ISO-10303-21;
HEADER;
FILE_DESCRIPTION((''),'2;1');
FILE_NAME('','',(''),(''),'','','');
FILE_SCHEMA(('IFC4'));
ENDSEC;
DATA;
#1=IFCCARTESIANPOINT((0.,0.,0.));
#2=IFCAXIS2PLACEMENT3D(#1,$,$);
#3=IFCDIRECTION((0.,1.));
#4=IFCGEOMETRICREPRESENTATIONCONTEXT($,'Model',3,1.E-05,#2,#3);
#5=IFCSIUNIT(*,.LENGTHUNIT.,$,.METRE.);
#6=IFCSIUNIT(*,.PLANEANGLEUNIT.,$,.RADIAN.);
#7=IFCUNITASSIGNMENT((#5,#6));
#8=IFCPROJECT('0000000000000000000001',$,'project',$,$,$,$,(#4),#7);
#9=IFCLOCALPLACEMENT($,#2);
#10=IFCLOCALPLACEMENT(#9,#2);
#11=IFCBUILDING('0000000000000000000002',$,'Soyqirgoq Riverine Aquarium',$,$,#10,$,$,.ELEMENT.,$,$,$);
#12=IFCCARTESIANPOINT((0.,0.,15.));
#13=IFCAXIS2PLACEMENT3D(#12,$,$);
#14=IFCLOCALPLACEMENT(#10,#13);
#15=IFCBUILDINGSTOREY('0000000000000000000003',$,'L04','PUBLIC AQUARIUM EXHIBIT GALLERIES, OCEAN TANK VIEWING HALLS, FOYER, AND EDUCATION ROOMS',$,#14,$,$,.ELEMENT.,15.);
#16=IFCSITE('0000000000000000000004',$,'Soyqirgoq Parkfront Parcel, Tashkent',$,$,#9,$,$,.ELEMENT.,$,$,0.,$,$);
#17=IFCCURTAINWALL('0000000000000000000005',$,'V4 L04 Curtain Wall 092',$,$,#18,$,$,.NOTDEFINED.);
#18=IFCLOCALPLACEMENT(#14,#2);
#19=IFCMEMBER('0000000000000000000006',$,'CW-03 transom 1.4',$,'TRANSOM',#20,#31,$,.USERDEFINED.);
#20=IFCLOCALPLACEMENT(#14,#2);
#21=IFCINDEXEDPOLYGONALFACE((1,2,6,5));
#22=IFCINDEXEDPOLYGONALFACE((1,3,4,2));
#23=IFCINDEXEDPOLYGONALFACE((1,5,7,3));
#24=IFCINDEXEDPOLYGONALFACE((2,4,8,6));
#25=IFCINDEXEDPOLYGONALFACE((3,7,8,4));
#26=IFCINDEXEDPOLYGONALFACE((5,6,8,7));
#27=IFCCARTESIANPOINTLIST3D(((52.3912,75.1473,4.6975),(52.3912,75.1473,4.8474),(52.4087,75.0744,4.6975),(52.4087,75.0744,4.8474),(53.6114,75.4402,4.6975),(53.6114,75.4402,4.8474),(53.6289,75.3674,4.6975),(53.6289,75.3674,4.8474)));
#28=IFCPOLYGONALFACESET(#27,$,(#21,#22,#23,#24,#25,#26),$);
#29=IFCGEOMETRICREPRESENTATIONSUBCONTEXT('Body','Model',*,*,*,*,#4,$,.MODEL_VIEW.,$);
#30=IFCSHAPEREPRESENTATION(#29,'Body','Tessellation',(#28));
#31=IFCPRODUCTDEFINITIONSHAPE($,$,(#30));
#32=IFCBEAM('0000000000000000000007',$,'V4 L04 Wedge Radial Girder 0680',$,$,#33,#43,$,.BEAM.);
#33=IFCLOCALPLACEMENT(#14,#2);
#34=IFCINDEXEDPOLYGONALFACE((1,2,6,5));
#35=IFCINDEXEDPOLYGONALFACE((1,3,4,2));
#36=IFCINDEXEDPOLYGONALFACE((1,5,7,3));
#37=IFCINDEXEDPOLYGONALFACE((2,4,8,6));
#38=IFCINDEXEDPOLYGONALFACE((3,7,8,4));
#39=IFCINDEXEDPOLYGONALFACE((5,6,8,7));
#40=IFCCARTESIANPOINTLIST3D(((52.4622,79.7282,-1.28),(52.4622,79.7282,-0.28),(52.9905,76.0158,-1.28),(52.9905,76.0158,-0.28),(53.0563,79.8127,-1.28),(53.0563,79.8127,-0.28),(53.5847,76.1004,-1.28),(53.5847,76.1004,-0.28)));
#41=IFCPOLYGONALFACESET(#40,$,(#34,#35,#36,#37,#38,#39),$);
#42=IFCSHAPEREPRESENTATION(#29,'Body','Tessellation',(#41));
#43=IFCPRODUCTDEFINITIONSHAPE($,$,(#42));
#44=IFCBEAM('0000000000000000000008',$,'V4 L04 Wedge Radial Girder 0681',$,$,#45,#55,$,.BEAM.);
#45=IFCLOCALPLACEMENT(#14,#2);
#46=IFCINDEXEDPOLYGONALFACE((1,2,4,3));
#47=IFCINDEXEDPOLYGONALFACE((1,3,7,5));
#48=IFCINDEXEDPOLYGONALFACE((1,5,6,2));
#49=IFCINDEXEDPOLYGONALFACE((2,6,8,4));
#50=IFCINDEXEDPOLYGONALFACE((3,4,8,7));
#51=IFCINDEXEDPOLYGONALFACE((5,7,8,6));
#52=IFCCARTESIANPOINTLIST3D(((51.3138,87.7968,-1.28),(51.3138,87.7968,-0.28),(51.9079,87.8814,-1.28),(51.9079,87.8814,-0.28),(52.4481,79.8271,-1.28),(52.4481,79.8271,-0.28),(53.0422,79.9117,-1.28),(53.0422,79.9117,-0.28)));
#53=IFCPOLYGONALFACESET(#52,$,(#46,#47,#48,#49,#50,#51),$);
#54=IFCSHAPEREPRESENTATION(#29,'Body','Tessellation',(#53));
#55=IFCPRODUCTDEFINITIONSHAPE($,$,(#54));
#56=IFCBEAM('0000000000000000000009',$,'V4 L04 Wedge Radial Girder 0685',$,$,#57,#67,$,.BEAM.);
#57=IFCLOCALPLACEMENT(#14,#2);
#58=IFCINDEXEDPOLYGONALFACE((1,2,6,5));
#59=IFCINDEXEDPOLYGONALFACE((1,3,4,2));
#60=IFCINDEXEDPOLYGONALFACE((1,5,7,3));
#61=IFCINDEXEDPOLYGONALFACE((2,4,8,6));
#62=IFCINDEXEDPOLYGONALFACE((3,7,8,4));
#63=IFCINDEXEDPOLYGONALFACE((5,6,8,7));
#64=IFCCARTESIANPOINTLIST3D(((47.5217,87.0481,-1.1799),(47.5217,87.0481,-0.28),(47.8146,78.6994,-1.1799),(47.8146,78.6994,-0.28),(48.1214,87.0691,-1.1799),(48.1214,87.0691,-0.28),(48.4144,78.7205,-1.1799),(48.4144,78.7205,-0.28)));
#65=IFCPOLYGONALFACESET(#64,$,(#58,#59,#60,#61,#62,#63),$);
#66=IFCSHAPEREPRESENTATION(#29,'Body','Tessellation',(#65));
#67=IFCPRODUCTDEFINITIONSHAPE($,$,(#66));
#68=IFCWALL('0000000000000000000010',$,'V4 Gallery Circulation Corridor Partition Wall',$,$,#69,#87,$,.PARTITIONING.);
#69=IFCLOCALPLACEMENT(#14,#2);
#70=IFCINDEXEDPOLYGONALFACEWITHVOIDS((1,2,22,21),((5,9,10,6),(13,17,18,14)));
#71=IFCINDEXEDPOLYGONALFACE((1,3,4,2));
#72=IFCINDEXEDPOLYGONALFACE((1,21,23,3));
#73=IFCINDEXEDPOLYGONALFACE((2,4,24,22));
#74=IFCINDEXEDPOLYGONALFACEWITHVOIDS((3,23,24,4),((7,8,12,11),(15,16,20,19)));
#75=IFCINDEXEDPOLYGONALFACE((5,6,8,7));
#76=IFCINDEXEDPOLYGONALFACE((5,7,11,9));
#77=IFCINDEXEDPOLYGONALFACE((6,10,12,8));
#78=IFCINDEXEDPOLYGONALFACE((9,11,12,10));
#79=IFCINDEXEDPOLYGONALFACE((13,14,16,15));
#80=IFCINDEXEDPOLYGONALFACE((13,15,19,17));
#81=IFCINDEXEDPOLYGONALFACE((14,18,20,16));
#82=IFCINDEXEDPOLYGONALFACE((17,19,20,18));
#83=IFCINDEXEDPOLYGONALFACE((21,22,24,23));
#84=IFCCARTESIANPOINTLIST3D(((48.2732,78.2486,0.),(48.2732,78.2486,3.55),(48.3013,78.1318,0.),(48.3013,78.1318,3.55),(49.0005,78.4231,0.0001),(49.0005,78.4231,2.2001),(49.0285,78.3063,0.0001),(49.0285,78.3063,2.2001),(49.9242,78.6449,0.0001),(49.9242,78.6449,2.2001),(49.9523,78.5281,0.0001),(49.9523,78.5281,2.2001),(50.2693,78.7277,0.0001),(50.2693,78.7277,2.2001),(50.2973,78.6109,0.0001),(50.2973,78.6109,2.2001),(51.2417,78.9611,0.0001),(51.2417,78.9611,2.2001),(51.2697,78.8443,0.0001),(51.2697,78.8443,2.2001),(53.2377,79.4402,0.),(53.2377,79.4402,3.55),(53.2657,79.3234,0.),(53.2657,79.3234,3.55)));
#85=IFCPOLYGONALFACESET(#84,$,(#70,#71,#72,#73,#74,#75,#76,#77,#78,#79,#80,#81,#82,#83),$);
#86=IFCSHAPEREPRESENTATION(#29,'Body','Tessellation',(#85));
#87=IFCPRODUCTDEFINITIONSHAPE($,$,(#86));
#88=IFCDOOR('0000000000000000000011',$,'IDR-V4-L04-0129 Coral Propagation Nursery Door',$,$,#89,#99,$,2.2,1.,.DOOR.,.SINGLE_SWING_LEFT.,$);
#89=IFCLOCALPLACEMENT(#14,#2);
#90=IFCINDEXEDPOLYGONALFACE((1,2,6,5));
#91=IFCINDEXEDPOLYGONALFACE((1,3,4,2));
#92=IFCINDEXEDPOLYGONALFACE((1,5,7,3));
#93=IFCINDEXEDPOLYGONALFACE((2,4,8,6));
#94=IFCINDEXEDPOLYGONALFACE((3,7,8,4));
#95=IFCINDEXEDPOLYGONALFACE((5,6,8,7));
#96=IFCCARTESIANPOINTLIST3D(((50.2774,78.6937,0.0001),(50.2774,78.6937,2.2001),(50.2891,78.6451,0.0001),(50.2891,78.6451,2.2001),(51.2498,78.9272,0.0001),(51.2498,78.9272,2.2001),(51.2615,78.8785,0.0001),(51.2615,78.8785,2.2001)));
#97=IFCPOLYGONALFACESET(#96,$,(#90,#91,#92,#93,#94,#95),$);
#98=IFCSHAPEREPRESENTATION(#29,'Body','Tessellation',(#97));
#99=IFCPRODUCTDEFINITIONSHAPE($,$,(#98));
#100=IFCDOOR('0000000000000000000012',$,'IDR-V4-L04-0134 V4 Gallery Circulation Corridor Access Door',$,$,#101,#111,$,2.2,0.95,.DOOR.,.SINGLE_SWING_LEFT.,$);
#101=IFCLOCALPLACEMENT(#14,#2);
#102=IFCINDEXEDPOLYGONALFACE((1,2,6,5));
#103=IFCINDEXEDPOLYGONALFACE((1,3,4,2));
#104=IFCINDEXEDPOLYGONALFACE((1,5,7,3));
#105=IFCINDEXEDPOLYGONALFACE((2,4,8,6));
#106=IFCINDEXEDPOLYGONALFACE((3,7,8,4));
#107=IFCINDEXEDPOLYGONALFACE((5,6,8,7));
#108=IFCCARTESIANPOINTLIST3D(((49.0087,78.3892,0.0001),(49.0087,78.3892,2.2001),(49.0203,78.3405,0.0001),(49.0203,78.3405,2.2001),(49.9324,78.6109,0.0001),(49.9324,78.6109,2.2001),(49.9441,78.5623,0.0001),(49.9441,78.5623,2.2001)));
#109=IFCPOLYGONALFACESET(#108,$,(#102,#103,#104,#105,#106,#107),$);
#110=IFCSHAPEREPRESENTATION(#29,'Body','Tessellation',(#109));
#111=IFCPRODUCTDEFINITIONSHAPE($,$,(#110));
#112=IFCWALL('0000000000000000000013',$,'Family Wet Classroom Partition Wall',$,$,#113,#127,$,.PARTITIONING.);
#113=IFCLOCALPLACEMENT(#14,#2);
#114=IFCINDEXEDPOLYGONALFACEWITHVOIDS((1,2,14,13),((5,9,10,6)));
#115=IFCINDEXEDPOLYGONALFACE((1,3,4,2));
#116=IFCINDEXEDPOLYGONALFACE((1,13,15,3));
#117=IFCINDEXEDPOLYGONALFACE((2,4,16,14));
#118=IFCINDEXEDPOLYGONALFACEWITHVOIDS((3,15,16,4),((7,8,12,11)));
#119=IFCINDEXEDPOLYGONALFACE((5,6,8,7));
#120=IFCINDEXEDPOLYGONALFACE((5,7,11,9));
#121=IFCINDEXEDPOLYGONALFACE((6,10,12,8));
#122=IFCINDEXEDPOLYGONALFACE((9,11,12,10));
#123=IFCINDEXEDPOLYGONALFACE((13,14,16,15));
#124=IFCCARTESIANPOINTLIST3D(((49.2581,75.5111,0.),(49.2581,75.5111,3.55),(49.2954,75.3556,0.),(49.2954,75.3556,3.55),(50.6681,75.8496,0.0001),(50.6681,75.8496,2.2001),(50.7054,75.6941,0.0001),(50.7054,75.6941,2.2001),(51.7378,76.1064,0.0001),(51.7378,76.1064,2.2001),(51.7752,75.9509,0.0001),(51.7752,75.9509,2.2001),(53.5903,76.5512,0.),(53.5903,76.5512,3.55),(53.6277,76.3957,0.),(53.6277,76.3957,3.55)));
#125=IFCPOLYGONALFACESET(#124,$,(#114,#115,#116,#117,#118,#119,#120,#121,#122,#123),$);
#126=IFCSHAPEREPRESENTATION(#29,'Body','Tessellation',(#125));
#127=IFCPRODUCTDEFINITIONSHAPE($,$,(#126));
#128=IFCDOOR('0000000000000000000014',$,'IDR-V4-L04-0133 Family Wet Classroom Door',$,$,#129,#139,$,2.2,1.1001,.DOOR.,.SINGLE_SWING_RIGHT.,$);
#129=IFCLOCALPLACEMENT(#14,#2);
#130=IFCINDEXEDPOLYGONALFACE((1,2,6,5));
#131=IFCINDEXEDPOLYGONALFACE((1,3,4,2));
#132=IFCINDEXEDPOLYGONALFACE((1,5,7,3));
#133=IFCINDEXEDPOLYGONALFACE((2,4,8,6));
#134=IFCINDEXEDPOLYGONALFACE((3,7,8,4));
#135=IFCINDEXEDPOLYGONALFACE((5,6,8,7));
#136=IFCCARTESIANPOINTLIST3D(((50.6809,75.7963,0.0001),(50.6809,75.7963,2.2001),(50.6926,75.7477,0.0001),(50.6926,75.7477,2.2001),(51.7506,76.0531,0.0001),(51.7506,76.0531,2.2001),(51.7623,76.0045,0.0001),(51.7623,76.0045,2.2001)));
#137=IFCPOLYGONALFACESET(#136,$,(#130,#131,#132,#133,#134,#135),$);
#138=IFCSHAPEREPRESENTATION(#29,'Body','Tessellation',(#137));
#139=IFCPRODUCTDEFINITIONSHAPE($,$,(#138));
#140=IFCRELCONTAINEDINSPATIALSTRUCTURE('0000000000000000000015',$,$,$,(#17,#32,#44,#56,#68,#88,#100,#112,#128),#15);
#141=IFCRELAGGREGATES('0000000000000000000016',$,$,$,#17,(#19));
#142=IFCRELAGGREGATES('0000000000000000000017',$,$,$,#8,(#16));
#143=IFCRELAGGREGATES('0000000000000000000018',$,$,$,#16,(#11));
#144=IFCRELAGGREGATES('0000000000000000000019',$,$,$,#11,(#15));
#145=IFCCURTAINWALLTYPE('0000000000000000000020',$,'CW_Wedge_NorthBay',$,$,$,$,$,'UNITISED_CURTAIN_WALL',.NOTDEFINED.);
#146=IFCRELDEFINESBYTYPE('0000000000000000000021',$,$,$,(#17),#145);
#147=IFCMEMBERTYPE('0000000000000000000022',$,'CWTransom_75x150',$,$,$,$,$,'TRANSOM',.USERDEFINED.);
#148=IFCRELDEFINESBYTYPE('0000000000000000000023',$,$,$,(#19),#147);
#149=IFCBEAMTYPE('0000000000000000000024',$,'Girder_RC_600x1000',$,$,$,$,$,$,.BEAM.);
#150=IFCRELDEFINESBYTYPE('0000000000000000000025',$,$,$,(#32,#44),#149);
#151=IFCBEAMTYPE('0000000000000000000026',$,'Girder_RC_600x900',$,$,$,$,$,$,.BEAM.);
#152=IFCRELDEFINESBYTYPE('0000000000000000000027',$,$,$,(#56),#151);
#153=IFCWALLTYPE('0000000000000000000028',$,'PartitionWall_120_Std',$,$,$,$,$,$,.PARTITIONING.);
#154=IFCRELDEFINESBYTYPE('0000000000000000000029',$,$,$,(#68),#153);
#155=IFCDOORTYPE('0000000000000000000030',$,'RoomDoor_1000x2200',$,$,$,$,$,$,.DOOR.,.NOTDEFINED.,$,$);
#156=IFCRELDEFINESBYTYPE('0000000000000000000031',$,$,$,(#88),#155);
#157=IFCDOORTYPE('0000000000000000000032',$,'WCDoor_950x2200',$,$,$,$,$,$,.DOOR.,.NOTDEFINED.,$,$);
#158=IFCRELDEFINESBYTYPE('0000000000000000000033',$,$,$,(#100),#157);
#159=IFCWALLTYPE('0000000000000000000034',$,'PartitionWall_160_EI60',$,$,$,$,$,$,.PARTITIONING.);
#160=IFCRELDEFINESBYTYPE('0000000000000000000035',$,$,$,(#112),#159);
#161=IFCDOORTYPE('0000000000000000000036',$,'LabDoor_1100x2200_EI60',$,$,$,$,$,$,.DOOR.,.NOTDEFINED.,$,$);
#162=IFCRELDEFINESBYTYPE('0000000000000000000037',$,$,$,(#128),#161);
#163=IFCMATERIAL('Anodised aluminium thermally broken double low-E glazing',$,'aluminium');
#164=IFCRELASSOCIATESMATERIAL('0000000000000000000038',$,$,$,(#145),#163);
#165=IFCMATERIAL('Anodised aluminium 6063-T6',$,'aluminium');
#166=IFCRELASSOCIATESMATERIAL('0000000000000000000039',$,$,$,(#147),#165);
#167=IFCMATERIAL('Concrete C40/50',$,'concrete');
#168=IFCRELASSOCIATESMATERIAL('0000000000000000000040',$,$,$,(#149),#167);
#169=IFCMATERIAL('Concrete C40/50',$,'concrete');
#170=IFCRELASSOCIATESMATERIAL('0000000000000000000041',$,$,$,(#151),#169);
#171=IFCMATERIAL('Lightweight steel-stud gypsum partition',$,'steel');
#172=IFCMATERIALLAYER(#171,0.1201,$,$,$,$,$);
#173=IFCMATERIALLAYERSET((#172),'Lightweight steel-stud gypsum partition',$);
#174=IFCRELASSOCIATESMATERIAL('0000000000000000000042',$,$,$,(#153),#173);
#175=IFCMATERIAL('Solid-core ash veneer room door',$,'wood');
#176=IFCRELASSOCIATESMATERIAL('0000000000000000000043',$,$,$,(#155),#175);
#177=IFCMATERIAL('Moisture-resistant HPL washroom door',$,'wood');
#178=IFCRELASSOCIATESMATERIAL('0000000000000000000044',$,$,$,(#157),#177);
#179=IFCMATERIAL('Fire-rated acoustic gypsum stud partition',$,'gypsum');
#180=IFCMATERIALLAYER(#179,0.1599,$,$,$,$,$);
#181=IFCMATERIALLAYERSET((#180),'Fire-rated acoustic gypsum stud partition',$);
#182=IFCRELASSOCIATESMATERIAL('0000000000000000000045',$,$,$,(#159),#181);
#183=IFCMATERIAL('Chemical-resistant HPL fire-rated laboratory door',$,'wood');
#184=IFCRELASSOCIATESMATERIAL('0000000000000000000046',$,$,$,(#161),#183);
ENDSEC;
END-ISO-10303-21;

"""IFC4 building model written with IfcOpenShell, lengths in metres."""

from ifc_helpers import new_model, si_unit, direction, frame, frame_2d, origin, origin_2d, place, context, subcontext, project, spatial, rectangle, extrude, material, layer, layer_set, material_profile, profile_set, type_object, element, fill, aggregate, save


model = new_model("IFC4")

# Units and contexts
model_context = context("Model", 3, precision=1e-05, world=origin(), true_north=direction((0.0, 1.0)))
body_context = subcontext(model_context, "Body", "Model", "MODEL_VIEW")
ifc_project = project(units=[si_unit("LENGTHUNIT", "METRE"), si_unit("PLANEANGLEUNIT", "RADIAN")], contexts=[model_context])

# Site, building, storey
site_placement = place(None, origin())
site = spatial("IfcSite", under=ifc_project, at=site_placement, Name="Soyqirgoq Parkfront Parcel, Tashkent", CompositionType="ELEMENT", RefElevation=0.0)
building_placement = place(site_placement, origin())
building = spatial("IfcBuilding", under=site, at=building_placement, Name="Soyqirgoq Riverine Aquarium", CompositionType="ELEMENT")
storey_placement = place(building_placement, frame((0.0, 0.0, 15.0)))
storey = spatial("IfcBuildingStorey", under=building, at=storey_placement, Name="L04", Description="PUBLIC AQUARIUM EXHIBIT GALLERIES, OCEAN TANK VIEWING HALLS, FOYER, AND EDUCATION ROOMS", CompositionType="ELEMENT", Elevation=15.0)

# Curtain wall, member
ifc_material_1 = material(Name="Anodised aluminium thermally broken double low-E glazing", Category="aluminium")
curtain_wall_type = type_object("IfcCurtainWallType", Name="CW_Wedge_NorthBay", ElementType="UNITISED_CURTAIN_WALL", PredefinedType="NOTDEFINED", material=ifc_material_1)
curtain_wall_placement = place(storey_placement, origin())
curtain_wall = element("IfcCurtainWall", 1, at=curtain_wall_placement, inside=storey, type_object=curtain_wall_type, Name="V4 L04 Curtain Wall 092", PredefinedType="NOTDEFINED")
ifc_material_2 = material(Name="Anodised aluminium 6063-T6", Category="aluminium")
ifc_material_profile_1 = material_profile(ifc_material_2, rectangle(XDim=0.075, YDim=0.1499, at=origin_2d()), Name="ALU-T 75x150")
ifc_profile_set_1 = profile_set([ifc_material_profile_1], Name="Anodised aluminium 6063-T6")
member_type = type_object("IfcMemberType", Name="CWTransom_75x150", ElementType="TRANSOM", PredefinedType="USERDEFINED", material=ifc_profile_set_1)
member_placement = place(storey_placement, frame((53.6201, 75.4038, 4.7725), z_axis=(-0.972366, -0.233461, 0.0), x_axis=(0.233461, -0.972366, 0.0)))
member = element("IfcMember", 2, at=member_placement, type_object=member_type, Name="CW-03 transom 1.4", ObjectType="TRANSOM", PredefinedType="USERDEFINED", context=body_context, shape_type="SweptSolid", body=[
    extrude(rectangle(XDim=0.075, YDim=0.1499, at=origin_2d()), origin(), (0.0, 0.0, 1.0), 1.2549),
])
aggregate(curtain_wall, [member])

# Beams
ifc_material_3 = material(Name="Concrete C40/50", Category="concrete")
ifc_material_profile_2 = material_profile(ifc_material_3, rectangle(XDim=0.6001, YDim=1.0, at=origin_2d()), Name="RC 600x1000")
ifc_profile_set_2 = profile_set([ifc_material_profile_2], Name="Concrete C40/50")
beam_type_1 = type_object("IfcBeamType", Name="Girder_RC_600x1000", PredefinedType="BEAM", material=ifc_profile_set_2)
beam_1_placement = place(storey_placement, frame((53.2876, 76.0581, -0.78), z_axis=(-0.140893, 0.990025, 0.0), x_axis=(-0.990025, -0.140893, 0.0)))
element("IfcBeam", 3, at=beam_1_placement, inside=storey, type_object=beam_type_1, Name="V4 L04 Wedge Radial Girder 0680", PredefinedType="BEAM", context=body_context, shape_type="SweptSolid", body=[
    extrude(rectangle(XDim=0.6001, YDim=1.0, at=origin_2d()), origin(), (0.0, 0.0, 1.0), 3.7498),
])
beam_2_placement = place(storey_placement, frame((52.7451, 79.8694, -0.78), z_axis=(-0.140903, 0.990023, 0.0), x_axis=(-0.990023, -0.140903, 0.0)))
element("IfcBeam", 4, at=beam_2_placement, inside=storey, type_object=beam_type_1, Name="V4 L04 Wedge Radial Girder 0681", PredefinedType="BEAM", context=body_context, shape_type="SweptSolid", body=[
    extrude(rectangle(XDim=0.6001, YDim=1.0, at=origin_2d()), origin(), (0.0, 0.0, 1.0), 8.05),
])
ifc_material_4 = material(Name="Concrete C40/50", Category="concrete")
ifc_material_profile_3 = material_profile(ifc_material_4, rectangle(XDim=0.6001, YDim=0.8999, at=origin_2d()), Name="RC 600x900")
ifc_profile_set_3 = profile_set([ifc_material_profile_3], Name="Concrete C40/50")
beam_type_2 = type_object("IfcBeamType", Name="Girder_RC_600x900", PredefinedType="BEAM", material=ifc_profile_set_3)
beam_3_placement = place(storey_placement, frame((48.1145, 78.71, -0.73), z_axis=(-0.03507, 0.999385, 0.0), x_axis=(-0.999385, -0.03507, 0.0)))
element("IfcBeam", 5, at=beam_3_placement, inside=storey, type_object=beam_type_2, Name="V4 L04 Wedge Radial Girder 0685", PredefinedType="BEAM", context=body_context, shape_type="SweptSolid", body=[
    extrude(rectangle(XDim=0.6001, YDim=0.8999, at=origin_2d()), origin(), (0.0, 0.0, 1.0), 8.3538),
])

# Wall, openings, doors
ifc_material_5 = material(Name="Lightweight steel-stud gypsum partition", Category="steel")
ifc_layer_1 = layer(ifc_material_5, 0.1201)
ifc_layer_set_1 = layer_set([ifc_layer_1], Name="Lightweight steel-stud gypsum partition")
wall_type_1 = type_object("IfcWallType", Name="PartitionWall_120_Std", PredefinedType="PARTITIONING", material=ifc_layer_set_1)
wall_1_placement = place(storey_placement, frame((53.2517, 79.3818, 0.0), z_axis=(0.0, 0.0, 1.0), x_axis=(-0.972378, -0.233411, 0.0)))
wall_1 = element("IfcWall", 6, at=wall_1_placement, inside=storey, type_object=wall_type_1, Name="V4 Gallery Circulation Corridor Partition Wall", PredefinedType="PARTITIONING", context=body_context, shape_type="SweptSolid", body=[
    extrude(rectangle(XDim=5.1055, YDim=0.1201, at=frame_2d((2.5527, 0.0))), origin(), (0.0, 0.0, 1.0), 3.55),
])
opening_1_placement = place(wall_1_placement, frame((2.0527, 0.0, 0.0)))
opening_1 = element("IfcOpeningElement", 7, at=opening_1_placement, cuts=wall_1, PredefinedType="OPENING", context=body_context, shape_type="SweptSolid", body=[
    extrude(rectangle(XDim=1.0, YDim=2.2, at=frame_2d((0.5, 1.1001))), frame((0.0, 0.0701, 0.0), z_axis=(0.0, -1.0, 0.0), x_axis=(1.0, 0.0, 0.0)), (0.0, 0.0, 1.0), 0.1401),
])
opening_2_placement = place(wall_1_placement, frame((3.4075, 0.0, 0.0)))
opening_2 = element("IfcOpeningElement", 8, at=opening_2_placement, cuts=wall_1, PredefinedType="OPENING", context=body_context, shape_type="SweptSolid", body=[
    extrude(rectangle(XDim=0.95, YDim=2.2, at=frame_2d((0.4751, 1.1001))), frame((0.0, 0.0701, 0.0), z_axis=(0.0, -1.0, 0.0), x_axis=(1.0, 0.0, 0.0)), (0.0, 0.0, 1.0), 0.1401),
])
ifc_material_6 = material(Name="Solid-core ash veneer room door", Category="wood")
door_type_1 = type_object("IfcDoorType", Name="RoomDoor_1000x2200", OperationType="NOTDEFINED", PredefinedType="DOOR", material=ifc_material_6)
door_1_placement = place(opening_1_placement, origin())
door_1 = element("IfcDoor", 9, at=door_1_placement, inside=storey, type_object=door_type_1, Name="IDR-V4-L04-0129 Coral Propagation Nursery Door", OperationType="SINGLE_SWING_LEFT", OverallHeight=2.2, OverallWidth=1.0, PredefinedType="DOOR", context=body_context, shape_type="SweptSolid", body=[
    extrude(rectangle(XDim=1.0, YDim=2.2, at=frame_2d((0.5, 1.1001))), frame((0.0, 0.0249, 0.0), z_axis=(0.0, -1.0, 0.0), x_axis=(1.0, 0.0, 0.0)), (0.0, 0.0, 1.0), 0.05),
])
fill(opening_1, door_1)
ifc_material_7 = material(Name="Moisture-resistant HPL washroom door", Category="wood")
door_type_2 = type_object("IfcDoorType", Name="WCDoor_950x2200", OperationType="NOTDEFINED", PredefinedType="DOOR", material=ifc_material_7)
door_2_placement = place(opening_2_placement, origin())
door_2 = element("IfcDoor", 10, at=door_2_placement, inside=storey, type_object=door_type_2, Name="IDR-V4-L04-0134 V4 Gallery Circulation Corridor Access Door", OperationType="SINGLE_SWING_LEFT", OverallHeight=2.2, OverallWidth=0.95, PredefinedType="DOOR", context=body_context, shape_type="SweptSolid", body=[
    extrude(rectangle(XDim=0.95, YDim=2.2, at=frame_2d((0.4751, 1.1001))), frame((0.0, 0.0249, 0.0), z_axis=(0.0, -1.0, 0.0), x_axis=(1.0, 0.0, 0.0)), (0.0, 0.0, 1.0), 0.05),
])
fill(opening_2, door_2)

# Wall, opening, door
ifc_material_8 = material(Name="Fire-rated acoustic gypsum stud partition", Category="gypsum")
ifc_layer_2 = layer(ifc_material_8, 0.1599)
ifc_layer_set_2 = layer_set([ifc_layer_2], Name="Fire-rated acoustic gypsum stud partition")
wall_type_2 = type_object("IfcWallType", Name="PartitionWall_160_EI60", PredefinedType="PARTITIONING", material=ifc_layer_set_2)
wall_2_placement = place(storey_placement, frame((53.6089, 76.4734, 0.0), z_axis=(0.0, 0.0, 1.0), x_axis=(-0.972372, -0.233435, 0.0)))
wall_2 = element("IfcWall", 11, at=wall_2_placement, inside=storey, type_object=wall_type_2, Name="Family Wet Classroom Partition Wall", PredefinedType="PARTITIONING", context=body_context, shape_type="SweptSolid", body=[
    extrude(rectangle(XDim=4.4553, YDim=0.1599, at=frame_2d((2.2275, 0.0))), origin(), (0.0, 0.0, 1.0), 3.55),
])
opening_3_placement = place(wall_2_placement, frame((1.905, 0.0, 0.0)))
opening_3 = element("IfcOpeningElement", 12, at=opening_3_placement, cuts=wall_2, PredefinedType="OPENING", context=body_context, shape_type="SweptSolid", body=[
    extrude(rectangle(XDim=1.1001, YDim=2.2, at=frame_2d((0.55, 1.1001))), frame((0.0, 0.0898, 0.0), z_axis=(0.0, -1.0, 0.0), x_axis=(1.0, 0.0, 0.0)), (0.0, 0.0, 1.0), 0.1799),
])
ifc_material_9 = material(Name="Chemical-resistant HPL fire-rated laboratory door", Category="wood")
door_type_3 = type_object("IfcDoorType", Name="LabDoor_1100x2200_EI60", OperationType="NOTDEFINED", PredefinedType="DOOR", material=ifc_material_9)
door_3_placement = place(opening_3_placement, origin())
door_3 = element("IfcDoor", 13, at=door_3_placement, inside=storey, type_object=door_type_3, Name="IDR-V4-L04-0133 Family Wet Classroom Door", OperationType="SINGLE_SWING_RIGHT", OverallHeight=2.2, OverallWidth=1.1001, PredefinedType="DOOR", context=body_context, shape_type="SweptSolid", body=[
    extrude(rectangle(XDim=1.1001, YDim=2.2, at=frame_2d((0.55, 1.1001))), frame((0.0, 0.0249, 0.0), z_axis=(0.0, -1.0, 0.0), x_axis=(1.0, 0.0, 0.0)), (0.0, 0.0, 1.0), 0.05),
])
fill(opening_3, door_3)

save(model, "model.ifc")
